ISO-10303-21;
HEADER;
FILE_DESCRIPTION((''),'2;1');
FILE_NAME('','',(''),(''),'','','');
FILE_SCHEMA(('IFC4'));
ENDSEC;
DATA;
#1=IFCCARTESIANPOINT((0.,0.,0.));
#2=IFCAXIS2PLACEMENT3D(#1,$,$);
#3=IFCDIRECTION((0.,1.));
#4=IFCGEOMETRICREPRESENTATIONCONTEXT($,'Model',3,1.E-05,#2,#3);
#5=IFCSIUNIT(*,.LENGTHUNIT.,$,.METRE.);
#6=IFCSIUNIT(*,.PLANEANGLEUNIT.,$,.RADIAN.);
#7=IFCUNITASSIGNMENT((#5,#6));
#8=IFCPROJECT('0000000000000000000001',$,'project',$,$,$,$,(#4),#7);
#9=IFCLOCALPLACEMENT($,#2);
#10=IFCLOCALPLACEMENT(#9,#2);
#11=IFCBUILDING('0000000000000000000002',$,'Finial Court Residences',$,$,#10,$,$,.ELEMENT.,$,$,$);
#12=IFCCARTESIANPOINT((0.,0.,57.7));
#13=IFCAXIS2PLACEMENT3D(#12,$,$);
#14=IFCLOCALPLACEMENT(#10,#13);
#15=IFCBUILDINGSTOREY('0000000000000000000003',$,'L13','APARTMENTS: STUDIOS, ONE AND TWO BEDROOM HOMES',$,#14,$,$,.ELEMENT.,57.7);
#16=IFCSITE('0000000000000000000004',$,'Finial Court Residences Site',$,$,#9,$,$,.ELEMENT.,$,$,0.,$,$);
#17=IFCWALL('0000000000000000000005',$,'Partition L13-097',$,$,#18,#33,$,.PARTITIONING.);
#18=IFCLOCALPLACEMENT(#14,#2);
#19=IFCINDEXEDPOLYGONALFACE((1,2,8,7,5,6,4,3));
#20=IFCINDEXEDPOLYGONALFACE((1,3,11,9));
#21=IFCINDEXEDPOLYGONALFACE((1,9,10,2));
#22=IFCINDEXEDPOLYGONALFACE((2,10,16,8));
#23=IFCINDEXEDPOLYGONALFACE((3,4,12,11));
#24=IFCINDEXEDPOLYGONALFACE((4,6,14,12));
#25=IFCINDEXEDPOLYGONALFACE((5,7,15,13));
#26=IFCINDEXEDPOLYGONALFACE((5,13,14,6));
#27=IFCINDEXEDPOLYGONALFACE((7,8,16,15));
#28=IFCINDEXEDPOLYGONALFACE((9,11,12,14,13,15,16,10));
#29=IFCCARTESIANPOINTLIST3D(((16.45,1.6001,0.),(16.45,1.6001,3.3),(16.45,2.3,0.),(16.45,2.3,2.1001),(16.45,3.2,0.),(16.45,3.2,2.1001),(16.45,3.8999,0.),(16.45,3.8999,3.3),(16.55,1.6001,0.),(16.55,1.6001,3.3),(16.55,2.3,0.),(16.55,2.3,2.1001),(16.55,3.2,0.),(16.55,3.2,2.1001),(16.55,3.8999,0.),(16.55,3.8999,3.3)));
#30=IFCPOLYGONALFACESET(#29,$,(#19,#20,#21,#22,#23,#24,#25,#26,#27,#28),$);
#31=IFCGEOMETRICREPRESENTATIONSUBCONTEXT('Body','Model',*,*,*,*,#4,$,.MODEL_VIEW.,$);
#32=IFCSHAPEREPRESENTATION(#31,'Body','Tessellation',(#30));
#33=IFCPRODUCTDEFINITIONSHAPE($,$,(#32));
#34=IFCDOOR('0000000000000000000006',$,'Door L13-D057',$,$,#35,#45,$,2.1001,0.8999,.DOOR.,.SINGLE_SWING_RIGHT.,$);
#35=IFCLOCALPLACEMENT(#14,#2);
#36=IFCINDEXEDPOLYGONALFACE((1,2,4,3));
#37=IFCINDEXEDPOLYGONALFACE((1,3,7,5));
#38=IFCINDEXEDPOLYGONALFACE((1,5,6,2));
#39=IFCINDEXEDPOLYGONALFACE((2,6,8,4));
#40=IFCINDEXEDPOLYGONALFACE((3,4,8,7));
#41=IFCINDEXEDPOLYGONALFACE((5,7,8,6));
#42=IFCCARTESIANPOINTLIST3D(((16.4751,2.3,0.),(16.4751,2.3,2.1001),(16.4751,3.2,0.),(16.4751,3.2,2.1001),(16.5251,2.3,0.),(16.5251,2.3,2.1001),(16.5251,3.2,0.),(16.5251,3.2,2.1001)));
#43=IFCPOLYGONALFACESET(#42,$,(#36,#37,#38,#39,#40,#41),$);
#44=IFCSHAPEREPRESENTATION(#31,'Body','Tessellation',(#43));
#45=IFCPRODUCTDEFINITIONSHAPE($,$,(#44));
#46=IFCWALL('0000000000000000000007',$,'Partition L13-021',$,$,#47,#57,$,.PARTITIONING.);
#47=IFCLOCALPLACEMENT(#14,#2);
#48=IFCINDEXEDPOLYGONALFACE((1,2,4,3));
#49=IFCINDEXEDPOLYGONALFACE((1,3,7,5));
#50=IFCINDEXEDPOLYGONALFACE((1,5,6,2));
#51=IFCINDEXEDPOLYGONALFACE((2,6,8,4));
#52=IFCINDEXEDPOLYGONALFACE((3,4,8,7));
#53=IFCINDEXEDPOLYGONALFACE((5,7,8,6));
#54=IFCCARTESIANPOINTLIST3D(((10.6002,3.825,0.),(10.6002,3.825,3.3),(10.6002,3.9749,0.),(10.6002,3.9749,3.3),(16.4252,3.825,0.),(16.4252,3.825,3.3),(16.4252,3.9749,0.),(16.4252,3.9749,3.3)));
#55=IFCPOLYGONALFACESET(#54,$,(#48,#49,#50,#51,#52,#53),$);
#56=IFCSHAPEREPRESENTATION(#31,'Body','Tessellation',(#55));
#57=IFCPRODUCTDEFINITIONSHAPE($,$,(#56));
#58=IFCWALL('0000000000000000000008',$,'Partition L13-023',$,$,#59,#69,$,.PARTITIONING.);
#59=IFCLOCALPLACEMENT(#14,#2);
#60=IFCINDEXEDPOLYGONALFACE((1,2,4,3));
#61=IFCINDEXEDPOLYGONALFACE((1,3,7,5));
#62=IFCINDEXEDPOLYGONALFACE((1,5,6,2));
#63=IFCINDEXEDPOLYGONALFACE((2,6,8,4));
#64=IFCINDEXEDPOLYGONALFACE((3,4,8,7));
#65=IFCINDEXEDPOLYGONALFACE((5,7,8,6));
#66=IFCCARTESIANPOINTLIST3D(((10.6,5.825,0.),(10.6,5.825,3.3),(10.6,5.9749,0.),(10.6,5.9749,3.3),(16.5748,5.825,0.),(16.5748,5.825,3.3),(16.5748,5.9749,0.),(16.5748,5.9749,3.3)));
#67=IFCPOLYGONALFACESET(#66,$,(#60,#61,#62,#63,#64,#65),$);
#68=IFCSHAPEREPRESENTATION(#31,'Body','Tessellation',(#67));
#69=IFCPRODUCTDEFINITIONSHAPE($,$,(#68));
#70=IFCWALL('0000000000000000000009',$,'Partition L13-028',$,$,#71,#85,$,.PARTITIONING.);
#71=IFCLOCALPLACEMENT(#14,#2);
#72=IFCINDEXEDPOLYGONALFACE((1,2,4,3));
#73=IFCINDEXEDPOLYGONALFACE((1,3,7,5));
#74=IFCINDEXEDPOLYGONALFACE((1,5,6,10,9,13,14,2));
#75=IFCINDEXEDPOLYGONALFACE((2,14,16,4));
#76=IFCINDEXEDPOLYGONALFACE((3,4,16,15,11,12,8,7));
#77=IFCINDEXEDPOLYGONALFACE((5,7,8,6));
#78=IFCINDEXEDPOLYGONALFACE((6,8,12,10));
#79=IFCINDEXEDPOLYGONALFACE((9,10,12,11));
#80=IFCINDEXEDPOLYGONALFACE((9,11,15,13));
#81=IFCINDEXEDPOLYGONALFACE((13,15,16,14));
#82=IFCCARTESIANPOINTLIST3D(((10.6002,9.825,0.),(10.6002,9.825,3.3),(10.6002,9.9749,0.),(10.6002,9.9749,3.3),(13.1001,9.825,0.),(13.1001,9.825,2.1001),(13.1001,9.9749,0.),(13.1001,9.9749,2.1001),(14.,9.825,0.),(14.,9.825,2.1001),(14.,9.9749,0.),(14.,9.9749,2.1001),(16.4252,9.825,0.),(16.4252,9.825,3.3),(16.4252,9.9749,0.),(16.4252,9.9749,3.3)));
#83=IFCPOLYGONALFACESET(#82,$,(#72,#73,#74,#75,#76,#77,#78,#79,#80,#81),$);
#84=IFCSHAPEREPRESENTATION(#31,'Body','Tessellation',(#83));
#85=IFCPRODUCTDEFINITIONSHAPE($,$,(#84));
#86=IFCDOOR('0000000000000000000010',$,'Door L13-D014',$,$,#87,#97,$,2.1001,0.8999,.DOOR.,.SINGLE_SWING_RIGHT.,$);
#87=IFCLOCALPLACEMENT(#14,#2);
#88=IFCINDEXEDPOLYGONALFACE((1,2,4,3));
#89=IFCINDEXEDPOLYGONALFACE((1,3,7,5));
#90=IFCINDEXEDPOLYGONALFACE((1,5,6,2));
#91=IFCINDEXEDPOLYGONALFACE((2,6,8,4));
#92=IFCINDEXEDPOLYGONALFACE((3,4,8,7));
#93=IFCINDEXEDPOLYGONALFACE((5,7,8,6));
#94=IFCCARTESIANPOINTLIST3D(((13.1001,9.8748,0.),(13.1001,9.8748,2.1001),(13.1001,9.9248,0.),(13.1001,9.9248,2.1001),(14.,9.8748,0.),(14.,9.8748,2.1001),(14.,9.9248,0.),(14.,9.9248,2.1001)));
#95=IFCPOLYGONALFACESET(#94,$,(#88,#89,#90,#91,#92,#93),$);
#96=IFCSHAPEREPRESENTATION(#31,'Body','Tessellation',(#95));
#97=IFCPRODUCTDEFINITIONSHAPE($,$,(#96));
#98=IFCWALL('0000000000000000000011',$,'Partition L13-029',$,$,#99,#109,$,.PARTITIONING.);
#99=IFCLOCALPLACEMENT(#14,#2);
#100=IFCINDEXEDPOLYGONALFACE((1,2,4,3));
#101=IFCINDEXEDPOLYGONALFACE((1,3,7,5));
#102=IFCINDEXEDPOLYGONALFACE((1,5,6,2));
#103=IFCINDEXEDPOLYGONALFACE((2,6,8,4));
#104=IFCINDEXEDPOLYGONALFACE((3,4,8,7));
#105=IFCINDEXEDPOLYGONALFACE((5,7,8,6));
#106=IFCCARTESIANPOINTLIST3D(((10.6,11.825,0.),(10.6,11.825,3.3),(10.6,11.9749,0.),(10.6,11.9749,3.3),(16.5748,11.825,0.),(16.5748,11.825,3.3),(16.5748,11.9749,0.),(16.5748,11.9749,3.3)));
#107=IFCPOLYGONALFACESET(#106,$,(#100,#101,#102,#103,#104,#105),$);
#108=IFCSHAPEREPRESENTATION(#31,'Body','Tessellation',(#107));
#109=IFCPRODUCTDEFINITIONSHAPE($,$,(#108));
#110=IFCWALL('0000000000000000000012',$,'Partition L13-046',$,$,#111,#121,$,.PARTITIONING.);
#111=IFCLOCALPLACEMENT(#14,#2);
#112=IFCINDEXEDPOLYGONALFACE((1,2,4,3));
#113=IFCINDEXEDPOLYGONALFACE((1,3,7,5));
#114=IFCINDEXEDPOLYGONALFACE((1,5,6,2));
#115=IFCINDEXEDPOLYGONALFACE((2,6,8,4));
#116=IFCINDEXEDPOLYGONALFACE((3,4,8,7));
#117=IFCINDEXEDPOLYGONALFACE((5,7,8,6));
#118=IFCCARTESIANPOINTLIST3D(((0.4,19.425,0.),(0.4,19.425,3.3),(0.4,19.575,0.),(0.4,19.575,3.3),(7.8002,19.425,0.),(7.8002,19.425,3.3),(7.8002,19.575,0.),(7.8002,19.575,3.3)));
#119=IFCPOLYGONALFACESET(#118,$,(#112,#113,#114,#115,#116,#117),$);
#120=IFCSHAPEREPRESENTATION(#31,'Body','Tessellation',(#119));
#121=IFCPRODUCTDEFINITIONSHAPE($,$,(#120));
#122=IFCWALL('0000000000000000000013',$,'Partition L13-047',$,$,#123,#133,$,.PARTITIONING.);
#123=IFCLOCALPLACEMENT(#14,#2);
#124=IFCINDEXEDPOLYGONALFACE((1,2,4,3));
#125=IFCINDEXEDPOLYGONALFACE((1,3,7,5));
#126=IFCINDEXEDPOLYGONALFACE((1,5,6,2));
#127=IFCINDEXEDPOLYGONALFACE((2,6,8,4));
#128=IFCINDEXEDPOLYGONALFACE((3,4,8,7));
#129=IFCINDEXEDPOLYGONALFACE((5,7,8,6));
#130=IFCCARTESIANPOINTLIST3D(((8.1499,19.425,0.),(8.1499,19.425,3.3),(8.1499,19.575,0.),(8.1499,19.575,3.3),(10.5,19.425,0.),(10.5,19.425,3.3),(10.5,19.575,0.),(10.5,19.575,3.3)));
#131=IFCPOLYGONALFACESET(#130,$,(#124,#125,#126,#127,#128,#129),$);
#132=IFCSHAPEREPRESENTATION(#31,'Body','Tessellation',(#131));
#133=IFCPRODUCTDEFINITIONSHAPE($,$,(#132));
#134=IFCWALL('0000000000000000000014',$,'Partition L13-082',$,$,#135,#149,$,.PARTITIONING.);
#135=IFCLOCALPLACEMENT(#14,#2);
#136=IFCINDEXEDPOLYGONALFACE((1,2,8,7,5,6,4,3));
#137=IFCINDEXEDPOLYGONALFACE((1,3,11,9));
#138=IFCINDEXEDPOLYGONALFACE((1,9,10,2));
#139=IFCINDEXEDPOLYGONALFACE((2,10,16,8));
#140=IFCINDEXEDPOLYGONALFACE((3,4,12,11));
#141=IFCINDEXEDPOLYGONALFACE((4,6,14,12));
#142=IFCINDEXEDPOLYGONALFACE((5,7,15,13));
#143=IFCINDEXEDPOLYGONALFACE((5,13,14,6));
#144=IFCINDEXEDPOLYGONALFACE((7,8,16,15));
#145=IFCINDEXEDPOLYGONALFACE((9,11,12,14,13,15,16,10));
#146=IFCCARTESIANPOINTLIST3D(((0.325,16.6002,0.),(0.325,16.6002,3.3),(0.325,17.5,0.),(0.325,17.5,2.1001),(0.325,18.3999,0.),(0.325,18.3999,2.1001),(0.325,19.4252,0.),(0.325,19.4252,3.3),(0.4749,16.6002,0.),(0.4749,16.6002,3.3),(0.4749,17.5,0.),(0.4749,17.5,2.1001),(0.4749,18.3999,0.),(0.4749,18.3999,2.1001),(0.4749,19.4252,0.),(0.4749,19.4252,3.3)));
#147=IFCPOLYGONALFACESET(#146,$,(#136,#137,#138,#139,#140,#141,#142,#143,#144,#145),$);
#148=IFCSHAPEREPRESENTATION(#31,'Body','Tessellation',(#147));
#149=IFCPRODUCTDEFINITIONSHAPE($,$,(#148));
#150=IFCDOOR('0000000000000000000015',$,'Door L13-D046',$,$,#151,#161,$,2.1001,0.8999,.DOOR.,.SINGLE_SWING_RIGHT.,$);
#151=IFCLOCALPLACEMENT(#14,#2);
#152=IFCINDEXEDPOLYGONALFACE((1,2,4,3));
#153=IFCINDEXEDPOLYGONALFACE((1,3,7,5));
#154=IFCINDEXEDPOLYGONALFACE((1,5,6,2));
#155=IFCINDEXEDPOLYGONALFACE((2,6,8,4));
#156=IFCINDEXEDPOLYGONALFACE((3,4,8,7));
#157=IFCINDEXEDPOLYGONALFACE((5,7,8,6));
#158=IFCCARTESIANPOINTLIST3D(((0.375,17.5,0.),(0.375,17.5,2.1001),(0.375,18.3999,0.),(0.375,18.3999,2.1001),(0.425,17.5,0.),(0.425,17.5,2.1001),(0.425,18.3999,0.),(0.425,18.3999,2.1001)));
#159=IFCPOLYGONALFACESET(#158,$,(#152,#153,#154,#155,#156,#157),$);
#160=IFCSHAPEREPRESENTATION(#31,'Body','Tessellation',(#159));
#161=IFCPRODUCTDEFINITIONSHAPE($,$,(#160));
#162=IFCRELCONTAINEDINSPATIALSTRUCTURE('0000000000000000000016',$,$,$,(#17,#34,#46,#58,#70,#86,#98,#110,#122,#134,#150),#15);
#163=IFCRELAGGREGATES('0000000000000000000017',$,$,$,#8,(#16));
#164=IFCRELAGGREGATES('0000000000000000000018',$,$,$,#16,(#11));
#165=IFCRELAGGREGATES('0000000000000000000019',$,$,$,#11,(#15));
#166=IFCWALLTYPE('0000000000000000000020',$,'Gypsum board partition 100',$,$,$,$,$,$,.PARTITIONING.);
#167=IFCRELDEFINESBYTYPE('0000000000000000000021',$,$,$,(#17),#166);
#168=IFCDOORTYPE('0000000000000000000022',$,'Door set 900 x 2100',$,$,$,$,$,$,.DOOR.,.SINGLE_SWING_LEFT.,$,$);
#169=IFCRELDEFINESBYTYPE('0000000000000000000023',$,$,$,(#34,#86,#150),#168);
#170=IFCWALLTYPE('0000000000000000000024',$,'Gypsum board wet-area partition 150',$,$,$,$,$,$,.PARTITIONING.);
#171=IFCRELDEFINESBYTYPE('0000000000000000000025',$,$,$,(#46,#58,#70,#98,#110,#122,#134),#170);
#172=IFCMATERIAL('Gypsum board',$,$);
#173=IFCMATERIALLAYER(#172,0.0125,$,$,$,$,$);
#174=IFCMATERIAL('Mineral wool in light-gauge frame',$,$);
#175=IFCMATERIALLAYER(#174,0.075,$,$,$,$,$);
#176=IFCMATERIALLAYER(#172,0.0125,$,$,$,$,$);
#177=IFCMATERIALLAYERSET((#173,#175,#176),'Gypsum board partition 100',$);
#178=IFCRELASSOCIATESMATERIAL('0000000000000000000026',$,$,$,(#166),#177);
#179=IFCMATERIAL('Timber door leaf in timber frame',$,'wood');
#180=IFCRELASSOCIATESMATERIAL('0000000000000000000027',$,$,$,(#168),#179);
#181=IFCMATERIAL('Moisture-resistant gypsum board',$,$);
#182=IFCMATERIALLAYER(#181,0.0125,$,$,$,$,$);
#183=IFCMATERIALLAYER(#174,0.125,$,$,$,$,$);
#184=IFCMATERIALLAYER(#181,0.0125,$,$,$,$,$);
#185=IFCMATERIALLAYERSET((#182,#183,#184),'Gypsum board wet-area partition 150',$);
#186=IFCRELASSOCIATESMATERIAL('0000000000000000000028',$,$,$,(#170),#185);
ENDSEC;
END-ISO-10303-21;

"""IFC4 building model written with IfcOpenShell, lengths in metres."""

from ifc_helpers import new_model, si_unit, direction, frame, frame_2d, origin, place, context, subcontext, project, spatial, rectangle, extrude, material, layer, layer_set, type_object, element, fill, save


model = new_model("IFC4")

# Units and contexts
model_context = context("Model", 3, precision=1e-05, world=origin(), true_north=direction((0.0, 1.0)))
body_context = subcontext(model_context, "Body", "Model", "MODEL_VIEW")
ifc_project = project(units=[si_unit("LENGTHUNIT", "METRE"), si_unit("PLANEANGLEUNIT", "RADIAN")], contexts=[model_context])

# Site, building, storey
site_placement = place(None, origin())
site = spatial("IfcSite", under=ifc_project, at=site_placement, Name="Finial Court Residences Site", CompositionType="ELEMENT", RefElevation=0.0)
building_placement = place(site_placement, origin())
building = spatial("IfcBuilding", under=site, at=building_placement, Name="Finial Court Residences", CompositionType="ELEMENT")
storey_placement = place(building_placement, frame((0.0, 0.0, 57.7)))
storey = spatial("IfcBuildingStorey", under=building, at=storey_placement, Name="L13", Description="APARTMENTS: STUDIOS, ONE AND TWO BEDROOM HOMES", CompositionType="ELEMENT", Elevation=57.7)

# Shared definitions
ifc_material_1 = material(Name="Gypsum board")
ifc_layer_1 = layer(ifc_material_1, 0.0125)
ifc_material_2 = material(Name="Mineral wool in light-gauge frame")
ifc_layer_2 = layer(ifc_material_2, 0.075)
ifc_layer_3 = layer(ifc_material_1, 0.0125)
ifc_layer_set_1 = layer_set([ifc_layer_1, ifc_layer_2, ifc_layer_3], Name="Gypsum board partition 100")
wall_type_1 = type_object("IfcWallType", Name="Gypsum board partition 100", PredefinedType="PARTITIONING", material=ifc_layer_set_1)

# Wall, opening, door
ifc_material_3 = material(Name="Timber door leaf in timber frame", Category="wood")
door_type = type_object("IfcDoorType", Name="Door set 900 x 2100", OperationType="SINGLE_SWING_LEFT", PredefinedType="DOOR", material=ifc_material_3)
wall_1_placement = place(storey_placement, frame((16.5, 1.6001, 0.0), z_axis=(0.0, 0.0, 1.0), x_axis=(0.0, 1.0, 0.0)))
wall_1 = element("IfcWall", 1, at=wall_1_placement, inside=storey, type_object=wall_type_1, Name="Partition L13-097", PredefinedType="PARTITIONING", context=body_context, shape_type="SweptSolid", body=[
    extrude(rectangle(XDim=2.2998, YDim=0.1001, at=frame_2d((1.1499, 0.0))), origin(), (0.0, 0.0, 1.0), 3.3),
])
opening_1_placement = place(wall_1_placement, frame((0.7, 0.0, 0.0)))
opening_1 = element("IfcOpeningElement", 2, at=opening_1_placement, cuts=wall_1, PredefinedType="OPENING", context=body_context, shape_type="SweptSolid", body=[
    extrude(rectangle(XDim=0.8999, YDim=2.1001, at=frame_2d((0.45, 1.05))), frame((0.0, 0.0601, 0.0), z_axis=(0.0, -1.0, 0.0), x_axis=(1.0, 0.0, 0.0)), (0.0, 0.0, 1.0), 0.1201),
])
door_1_placement = place(opening_1_placement, origin())
door_1 = element("IfcDoor", 3, at=door_1_placement, inside=storey, type_object=door_type, Name="Door L13-D057", OperationType="SINGLE_SWING_RIGHT", OverallHeight=2.1001, OverallWidth=0.8999, PredefinedType="DOOR", context=body_context, shape_type="SweptSolid", body=[
    extrude(rectangle(XDim=0.8999, YDim=2.1001, at=frame_2d((0.45, 1.05))), frame((0.0, 0.0249, 0.0), z_axis=(0.0, -1.0, 0.0), x_axis=(1.0, 0.0, 0.0)), (0.0, 0.0, 1.0), 0.05),
])
fill(opening_1, door_1)

# Walls
ifc_material_4 = material(Name="Moisture-resistant gypsum board")
ifc_layer_4 = layer(ifc_material_4, 0.0125)
ifc_layer_5 = layer(ifc_material_2, 0.125)
ifc_layer_6 = layer(ifc_material_4, 0.0125)
ifc_layer_set_2 = layer_set([ifc_layer_4, ifc_layer_5, ifc_layer_6], Name="Gypsum board wet-area partition 150")
wall_type_2 = type_object("IfcWallType", Name="Gypsum board wet-area partition 150", PredefinedType="PARTITIONING", material=ifc_layer_set_2)
wall_2_placement = place(storey_placement, frame((10.6001, 3.8999, 0.0), z_axis=(0.0, 0.0, 1.0), x_axis=(1.0, 0.0, 0.0)))
element("IfcWall", 4, at=wall_2_placement, inside=storey, type_object=wall_type_2, Name="Partition L13-021", PredefinedType="PARTITIONING", context=body_context, shape_type="SweptSolid", body=[
    extrude(rectangle(XDim=5.825, YDim=0.1499, at=frame_2d((2.9126, 0.0))), origin(), (0.0, 0.0, 1.0), 3.3),
])
wall_3_placement = place(storey_placement, frame((10.6001, 5.8999, 0.0), z_axis=(0.0, 0.0, 1.0), x_axis=(1.0, 0.0, 0.0)))
element("IfcWall", 5, at=wall_3_placement, inside=storey, type_object=wall_type_2, Name="Partition L13-023", PredefinedType="PARTITIONING", context=body_context, shape_type="SweptSolid", body=[
    extrude(rectangle(XDim=5.9749, YDim=0.1499, at=frame_2d((2.9873, 0.0))), origin(), (0.0, 0.0, 1.0), 3.3),
])

# Wall, opening, door
wall_4_placement = place(storey_placement, frame((10.6001, 9.8999, 0.0), z_axis=(0.0, 0.0, 1.0), x_axis=(1.0, 0.0, 0.0)))
wall_4 = element("IfcWall", 6, at=wall_4_placement, inside=storey, type_object=wall_type_2, Name="Partition L13-028", PredefinedType="PARTITIONING", context=body_context, shape_type="SweptSolid", body=[
    extrude(rectangle(XDim=5.825, YDim=0.1499, at=frame_2d((2.9126, 0.0))), origin(), (0.0, 0.0, 1.0), 3.3),
])
opening_2_placement = place(wall_4_placement, frame((2.5, 0.0, 0.0)))
opening_2 = element("IfcOpeningElement", 7, at=opening_2_placement, cuts=wall_4, PredefinedType="OPENING", context=body_context, shape_type="SweptSolid", body=[
    extrude(rectangle(XDim=0.8999, YDim=2.1001, at=frame_2d((0.45, 1.05))), frame((0.0, 0.085, 0.0), z_axis=(0.0, -1.0, 0.0), x_axis=(1.0, 0.0, 0.0)), (0.0, 0.0, 1.0), 0.1699),
])
door_2_placement = place(opening_2_placement, origin())
door_2 = element("IfcDoor", 8, at=door_2_placement, inside=storey, type_object=door_type, Name="Door L13-D014", OperationType="SINGLE_SWING_RIGHT", OverallHeight=2.1001, OverallWidth=0.8999, PredefinedType="DOOR", context=body_context, shape_type="SweptSolid", body=[
    extrude(rectangle(XDim=0.8999, YDim=2.1001, at=frame_2d((0.45, 1.05))), frame((0.0, 0.0249, 0.0), z_axis=(0.0, -1.0, 0.0), x_axis=(1.0, 0.0, 0.0)), (0.0, 0.0, 1.0), 0.05),
])
fill(opening_2, door_2)

# Walls
wall_5_placement = place(storey_placement, frame((10.6001, 11.8999, 0.0), z_axis=(0.0, 0.0, 1.0), x_axis=(1.0, 0.0, 0.0)))
element("IfcWall", 9, at=wall_5_placement, inside=storey, type_object=wall_type_2, Name="Partition L13-029", PredefinedType="PARTITIONING", context=body_context, shape_type="SweptSolid", body=[
    extrude(rectangle(XDim=5.9749, YDim=0.1499, at=frame_2d((2.9873, 0.0))), origin(), (0.0, 0.0, 1.0), 3.3),
])
wall_6_placement = place(storey_placement, frame((0.3999, 19.5, 0.0), z_axis=(0.0, 0.0, 1.0), x_axis=(1.0, 0.0, 0.0)))
element("IfcWall", 10, at=wall_6_placement, inside=storey, type_object=wall_type_2, Name="Partition L13-046", PredefinedType="PARTITIONING", context=body_context, shape_type="SweptSolid", body=[
    extrude(rectangle(XDim=7.4001, YDim=0.1499, at=frame_2d((3.7002, 0.0))), origin(), (0.0, 0.0, 1.0), 3.3),
])
wall_7_placement = place(storey_placement, frame((8.1499, 19.5, 0.0), z_axis=(0.0, 0.0, 1.0), x_axis=(1.0, 0.0, 0.0)))
element("IfcWall", 11, at=wall_7_placement, inside=storey, type_object=wall_type_2, Name="Partition L13-047", PredefinedType="PARTITIONING", context=body_context, shape_type="SweptSolid", body=[
    extrude(rectangle(XDim=2.3501, YDim=0.1499, at=frame_2d((1.175, 0.0))), origin(), (0.0, 0.0, 1.0), 3.3),
])

# Wall, opening, door
wall_8_placement = place(storey_placement, frame((0.3999, 16.6001, 0.0), z_axis=(0.0, 0.0, 1.0), x_axis=(0.0, 1.0, 0.0)))
wall_8 = element("IfcWall", 12, at=wall_8_placement, inside=storey, type_object=wall_type_2, Name="Partition L13-082", PredefinedType="PARTITIONING", context=body_context, shape_type="SweptSolid", body=[
    extrude(rectangle(XDim=2.825, YDim=0.1499, at=frame_2d((1.4126, 0.0))), origin(), (0.0, 0.0, 1.0), 3.3),
])
opening_3_placement = place(wall_8_placement, frame((0.8999, 0.0, 0.0)))
opening_3 = element("IfcOpeningElement", 13, at=opening_3_placement, cuts=wall_8, PredefinedType="OPENING", context=body_context, shape_type="SweptSolid", body=[
    extrude(rectangle(XDim=0.8999, YDim=2.1001, at=frame_2d((0.45, 1.05))), frame((0.0, 0.085, 0.0), z_axis=(0.0, -1.0, 0.0), x_axis=(1.0, 0.0, 0.0)), (0.0, 0.0, 1.0), 0.1699),
])
door_3_placement = place(opening_3_placement, origin())
door_3 = element("IfcDoor", 14, at=door_3_placement, inside=storey, type_object=door_type, Name="Door L13-D046", OperationType="SINGLE_SWING_RIGHT", OverallHeight=2.1001, OverallWidth=0.8999, PredefinedType="DOOR", context=body_context, shape_type="SweptSolid", body=[
    extrude(rectangle(XDim=0.8999, YDim=2.1001, at=frame_2d((0.45, 1.05))), frame((0.0, 0.0249, 0.0), z_axis=(0.0, -1.0, 0.0), x_axis=(1.0, 0.0, 0.0)), (0.0, 0.0, 1.0), 0.05),
])
fill(opening_3, door_3)

save(model, "model.ifc")
